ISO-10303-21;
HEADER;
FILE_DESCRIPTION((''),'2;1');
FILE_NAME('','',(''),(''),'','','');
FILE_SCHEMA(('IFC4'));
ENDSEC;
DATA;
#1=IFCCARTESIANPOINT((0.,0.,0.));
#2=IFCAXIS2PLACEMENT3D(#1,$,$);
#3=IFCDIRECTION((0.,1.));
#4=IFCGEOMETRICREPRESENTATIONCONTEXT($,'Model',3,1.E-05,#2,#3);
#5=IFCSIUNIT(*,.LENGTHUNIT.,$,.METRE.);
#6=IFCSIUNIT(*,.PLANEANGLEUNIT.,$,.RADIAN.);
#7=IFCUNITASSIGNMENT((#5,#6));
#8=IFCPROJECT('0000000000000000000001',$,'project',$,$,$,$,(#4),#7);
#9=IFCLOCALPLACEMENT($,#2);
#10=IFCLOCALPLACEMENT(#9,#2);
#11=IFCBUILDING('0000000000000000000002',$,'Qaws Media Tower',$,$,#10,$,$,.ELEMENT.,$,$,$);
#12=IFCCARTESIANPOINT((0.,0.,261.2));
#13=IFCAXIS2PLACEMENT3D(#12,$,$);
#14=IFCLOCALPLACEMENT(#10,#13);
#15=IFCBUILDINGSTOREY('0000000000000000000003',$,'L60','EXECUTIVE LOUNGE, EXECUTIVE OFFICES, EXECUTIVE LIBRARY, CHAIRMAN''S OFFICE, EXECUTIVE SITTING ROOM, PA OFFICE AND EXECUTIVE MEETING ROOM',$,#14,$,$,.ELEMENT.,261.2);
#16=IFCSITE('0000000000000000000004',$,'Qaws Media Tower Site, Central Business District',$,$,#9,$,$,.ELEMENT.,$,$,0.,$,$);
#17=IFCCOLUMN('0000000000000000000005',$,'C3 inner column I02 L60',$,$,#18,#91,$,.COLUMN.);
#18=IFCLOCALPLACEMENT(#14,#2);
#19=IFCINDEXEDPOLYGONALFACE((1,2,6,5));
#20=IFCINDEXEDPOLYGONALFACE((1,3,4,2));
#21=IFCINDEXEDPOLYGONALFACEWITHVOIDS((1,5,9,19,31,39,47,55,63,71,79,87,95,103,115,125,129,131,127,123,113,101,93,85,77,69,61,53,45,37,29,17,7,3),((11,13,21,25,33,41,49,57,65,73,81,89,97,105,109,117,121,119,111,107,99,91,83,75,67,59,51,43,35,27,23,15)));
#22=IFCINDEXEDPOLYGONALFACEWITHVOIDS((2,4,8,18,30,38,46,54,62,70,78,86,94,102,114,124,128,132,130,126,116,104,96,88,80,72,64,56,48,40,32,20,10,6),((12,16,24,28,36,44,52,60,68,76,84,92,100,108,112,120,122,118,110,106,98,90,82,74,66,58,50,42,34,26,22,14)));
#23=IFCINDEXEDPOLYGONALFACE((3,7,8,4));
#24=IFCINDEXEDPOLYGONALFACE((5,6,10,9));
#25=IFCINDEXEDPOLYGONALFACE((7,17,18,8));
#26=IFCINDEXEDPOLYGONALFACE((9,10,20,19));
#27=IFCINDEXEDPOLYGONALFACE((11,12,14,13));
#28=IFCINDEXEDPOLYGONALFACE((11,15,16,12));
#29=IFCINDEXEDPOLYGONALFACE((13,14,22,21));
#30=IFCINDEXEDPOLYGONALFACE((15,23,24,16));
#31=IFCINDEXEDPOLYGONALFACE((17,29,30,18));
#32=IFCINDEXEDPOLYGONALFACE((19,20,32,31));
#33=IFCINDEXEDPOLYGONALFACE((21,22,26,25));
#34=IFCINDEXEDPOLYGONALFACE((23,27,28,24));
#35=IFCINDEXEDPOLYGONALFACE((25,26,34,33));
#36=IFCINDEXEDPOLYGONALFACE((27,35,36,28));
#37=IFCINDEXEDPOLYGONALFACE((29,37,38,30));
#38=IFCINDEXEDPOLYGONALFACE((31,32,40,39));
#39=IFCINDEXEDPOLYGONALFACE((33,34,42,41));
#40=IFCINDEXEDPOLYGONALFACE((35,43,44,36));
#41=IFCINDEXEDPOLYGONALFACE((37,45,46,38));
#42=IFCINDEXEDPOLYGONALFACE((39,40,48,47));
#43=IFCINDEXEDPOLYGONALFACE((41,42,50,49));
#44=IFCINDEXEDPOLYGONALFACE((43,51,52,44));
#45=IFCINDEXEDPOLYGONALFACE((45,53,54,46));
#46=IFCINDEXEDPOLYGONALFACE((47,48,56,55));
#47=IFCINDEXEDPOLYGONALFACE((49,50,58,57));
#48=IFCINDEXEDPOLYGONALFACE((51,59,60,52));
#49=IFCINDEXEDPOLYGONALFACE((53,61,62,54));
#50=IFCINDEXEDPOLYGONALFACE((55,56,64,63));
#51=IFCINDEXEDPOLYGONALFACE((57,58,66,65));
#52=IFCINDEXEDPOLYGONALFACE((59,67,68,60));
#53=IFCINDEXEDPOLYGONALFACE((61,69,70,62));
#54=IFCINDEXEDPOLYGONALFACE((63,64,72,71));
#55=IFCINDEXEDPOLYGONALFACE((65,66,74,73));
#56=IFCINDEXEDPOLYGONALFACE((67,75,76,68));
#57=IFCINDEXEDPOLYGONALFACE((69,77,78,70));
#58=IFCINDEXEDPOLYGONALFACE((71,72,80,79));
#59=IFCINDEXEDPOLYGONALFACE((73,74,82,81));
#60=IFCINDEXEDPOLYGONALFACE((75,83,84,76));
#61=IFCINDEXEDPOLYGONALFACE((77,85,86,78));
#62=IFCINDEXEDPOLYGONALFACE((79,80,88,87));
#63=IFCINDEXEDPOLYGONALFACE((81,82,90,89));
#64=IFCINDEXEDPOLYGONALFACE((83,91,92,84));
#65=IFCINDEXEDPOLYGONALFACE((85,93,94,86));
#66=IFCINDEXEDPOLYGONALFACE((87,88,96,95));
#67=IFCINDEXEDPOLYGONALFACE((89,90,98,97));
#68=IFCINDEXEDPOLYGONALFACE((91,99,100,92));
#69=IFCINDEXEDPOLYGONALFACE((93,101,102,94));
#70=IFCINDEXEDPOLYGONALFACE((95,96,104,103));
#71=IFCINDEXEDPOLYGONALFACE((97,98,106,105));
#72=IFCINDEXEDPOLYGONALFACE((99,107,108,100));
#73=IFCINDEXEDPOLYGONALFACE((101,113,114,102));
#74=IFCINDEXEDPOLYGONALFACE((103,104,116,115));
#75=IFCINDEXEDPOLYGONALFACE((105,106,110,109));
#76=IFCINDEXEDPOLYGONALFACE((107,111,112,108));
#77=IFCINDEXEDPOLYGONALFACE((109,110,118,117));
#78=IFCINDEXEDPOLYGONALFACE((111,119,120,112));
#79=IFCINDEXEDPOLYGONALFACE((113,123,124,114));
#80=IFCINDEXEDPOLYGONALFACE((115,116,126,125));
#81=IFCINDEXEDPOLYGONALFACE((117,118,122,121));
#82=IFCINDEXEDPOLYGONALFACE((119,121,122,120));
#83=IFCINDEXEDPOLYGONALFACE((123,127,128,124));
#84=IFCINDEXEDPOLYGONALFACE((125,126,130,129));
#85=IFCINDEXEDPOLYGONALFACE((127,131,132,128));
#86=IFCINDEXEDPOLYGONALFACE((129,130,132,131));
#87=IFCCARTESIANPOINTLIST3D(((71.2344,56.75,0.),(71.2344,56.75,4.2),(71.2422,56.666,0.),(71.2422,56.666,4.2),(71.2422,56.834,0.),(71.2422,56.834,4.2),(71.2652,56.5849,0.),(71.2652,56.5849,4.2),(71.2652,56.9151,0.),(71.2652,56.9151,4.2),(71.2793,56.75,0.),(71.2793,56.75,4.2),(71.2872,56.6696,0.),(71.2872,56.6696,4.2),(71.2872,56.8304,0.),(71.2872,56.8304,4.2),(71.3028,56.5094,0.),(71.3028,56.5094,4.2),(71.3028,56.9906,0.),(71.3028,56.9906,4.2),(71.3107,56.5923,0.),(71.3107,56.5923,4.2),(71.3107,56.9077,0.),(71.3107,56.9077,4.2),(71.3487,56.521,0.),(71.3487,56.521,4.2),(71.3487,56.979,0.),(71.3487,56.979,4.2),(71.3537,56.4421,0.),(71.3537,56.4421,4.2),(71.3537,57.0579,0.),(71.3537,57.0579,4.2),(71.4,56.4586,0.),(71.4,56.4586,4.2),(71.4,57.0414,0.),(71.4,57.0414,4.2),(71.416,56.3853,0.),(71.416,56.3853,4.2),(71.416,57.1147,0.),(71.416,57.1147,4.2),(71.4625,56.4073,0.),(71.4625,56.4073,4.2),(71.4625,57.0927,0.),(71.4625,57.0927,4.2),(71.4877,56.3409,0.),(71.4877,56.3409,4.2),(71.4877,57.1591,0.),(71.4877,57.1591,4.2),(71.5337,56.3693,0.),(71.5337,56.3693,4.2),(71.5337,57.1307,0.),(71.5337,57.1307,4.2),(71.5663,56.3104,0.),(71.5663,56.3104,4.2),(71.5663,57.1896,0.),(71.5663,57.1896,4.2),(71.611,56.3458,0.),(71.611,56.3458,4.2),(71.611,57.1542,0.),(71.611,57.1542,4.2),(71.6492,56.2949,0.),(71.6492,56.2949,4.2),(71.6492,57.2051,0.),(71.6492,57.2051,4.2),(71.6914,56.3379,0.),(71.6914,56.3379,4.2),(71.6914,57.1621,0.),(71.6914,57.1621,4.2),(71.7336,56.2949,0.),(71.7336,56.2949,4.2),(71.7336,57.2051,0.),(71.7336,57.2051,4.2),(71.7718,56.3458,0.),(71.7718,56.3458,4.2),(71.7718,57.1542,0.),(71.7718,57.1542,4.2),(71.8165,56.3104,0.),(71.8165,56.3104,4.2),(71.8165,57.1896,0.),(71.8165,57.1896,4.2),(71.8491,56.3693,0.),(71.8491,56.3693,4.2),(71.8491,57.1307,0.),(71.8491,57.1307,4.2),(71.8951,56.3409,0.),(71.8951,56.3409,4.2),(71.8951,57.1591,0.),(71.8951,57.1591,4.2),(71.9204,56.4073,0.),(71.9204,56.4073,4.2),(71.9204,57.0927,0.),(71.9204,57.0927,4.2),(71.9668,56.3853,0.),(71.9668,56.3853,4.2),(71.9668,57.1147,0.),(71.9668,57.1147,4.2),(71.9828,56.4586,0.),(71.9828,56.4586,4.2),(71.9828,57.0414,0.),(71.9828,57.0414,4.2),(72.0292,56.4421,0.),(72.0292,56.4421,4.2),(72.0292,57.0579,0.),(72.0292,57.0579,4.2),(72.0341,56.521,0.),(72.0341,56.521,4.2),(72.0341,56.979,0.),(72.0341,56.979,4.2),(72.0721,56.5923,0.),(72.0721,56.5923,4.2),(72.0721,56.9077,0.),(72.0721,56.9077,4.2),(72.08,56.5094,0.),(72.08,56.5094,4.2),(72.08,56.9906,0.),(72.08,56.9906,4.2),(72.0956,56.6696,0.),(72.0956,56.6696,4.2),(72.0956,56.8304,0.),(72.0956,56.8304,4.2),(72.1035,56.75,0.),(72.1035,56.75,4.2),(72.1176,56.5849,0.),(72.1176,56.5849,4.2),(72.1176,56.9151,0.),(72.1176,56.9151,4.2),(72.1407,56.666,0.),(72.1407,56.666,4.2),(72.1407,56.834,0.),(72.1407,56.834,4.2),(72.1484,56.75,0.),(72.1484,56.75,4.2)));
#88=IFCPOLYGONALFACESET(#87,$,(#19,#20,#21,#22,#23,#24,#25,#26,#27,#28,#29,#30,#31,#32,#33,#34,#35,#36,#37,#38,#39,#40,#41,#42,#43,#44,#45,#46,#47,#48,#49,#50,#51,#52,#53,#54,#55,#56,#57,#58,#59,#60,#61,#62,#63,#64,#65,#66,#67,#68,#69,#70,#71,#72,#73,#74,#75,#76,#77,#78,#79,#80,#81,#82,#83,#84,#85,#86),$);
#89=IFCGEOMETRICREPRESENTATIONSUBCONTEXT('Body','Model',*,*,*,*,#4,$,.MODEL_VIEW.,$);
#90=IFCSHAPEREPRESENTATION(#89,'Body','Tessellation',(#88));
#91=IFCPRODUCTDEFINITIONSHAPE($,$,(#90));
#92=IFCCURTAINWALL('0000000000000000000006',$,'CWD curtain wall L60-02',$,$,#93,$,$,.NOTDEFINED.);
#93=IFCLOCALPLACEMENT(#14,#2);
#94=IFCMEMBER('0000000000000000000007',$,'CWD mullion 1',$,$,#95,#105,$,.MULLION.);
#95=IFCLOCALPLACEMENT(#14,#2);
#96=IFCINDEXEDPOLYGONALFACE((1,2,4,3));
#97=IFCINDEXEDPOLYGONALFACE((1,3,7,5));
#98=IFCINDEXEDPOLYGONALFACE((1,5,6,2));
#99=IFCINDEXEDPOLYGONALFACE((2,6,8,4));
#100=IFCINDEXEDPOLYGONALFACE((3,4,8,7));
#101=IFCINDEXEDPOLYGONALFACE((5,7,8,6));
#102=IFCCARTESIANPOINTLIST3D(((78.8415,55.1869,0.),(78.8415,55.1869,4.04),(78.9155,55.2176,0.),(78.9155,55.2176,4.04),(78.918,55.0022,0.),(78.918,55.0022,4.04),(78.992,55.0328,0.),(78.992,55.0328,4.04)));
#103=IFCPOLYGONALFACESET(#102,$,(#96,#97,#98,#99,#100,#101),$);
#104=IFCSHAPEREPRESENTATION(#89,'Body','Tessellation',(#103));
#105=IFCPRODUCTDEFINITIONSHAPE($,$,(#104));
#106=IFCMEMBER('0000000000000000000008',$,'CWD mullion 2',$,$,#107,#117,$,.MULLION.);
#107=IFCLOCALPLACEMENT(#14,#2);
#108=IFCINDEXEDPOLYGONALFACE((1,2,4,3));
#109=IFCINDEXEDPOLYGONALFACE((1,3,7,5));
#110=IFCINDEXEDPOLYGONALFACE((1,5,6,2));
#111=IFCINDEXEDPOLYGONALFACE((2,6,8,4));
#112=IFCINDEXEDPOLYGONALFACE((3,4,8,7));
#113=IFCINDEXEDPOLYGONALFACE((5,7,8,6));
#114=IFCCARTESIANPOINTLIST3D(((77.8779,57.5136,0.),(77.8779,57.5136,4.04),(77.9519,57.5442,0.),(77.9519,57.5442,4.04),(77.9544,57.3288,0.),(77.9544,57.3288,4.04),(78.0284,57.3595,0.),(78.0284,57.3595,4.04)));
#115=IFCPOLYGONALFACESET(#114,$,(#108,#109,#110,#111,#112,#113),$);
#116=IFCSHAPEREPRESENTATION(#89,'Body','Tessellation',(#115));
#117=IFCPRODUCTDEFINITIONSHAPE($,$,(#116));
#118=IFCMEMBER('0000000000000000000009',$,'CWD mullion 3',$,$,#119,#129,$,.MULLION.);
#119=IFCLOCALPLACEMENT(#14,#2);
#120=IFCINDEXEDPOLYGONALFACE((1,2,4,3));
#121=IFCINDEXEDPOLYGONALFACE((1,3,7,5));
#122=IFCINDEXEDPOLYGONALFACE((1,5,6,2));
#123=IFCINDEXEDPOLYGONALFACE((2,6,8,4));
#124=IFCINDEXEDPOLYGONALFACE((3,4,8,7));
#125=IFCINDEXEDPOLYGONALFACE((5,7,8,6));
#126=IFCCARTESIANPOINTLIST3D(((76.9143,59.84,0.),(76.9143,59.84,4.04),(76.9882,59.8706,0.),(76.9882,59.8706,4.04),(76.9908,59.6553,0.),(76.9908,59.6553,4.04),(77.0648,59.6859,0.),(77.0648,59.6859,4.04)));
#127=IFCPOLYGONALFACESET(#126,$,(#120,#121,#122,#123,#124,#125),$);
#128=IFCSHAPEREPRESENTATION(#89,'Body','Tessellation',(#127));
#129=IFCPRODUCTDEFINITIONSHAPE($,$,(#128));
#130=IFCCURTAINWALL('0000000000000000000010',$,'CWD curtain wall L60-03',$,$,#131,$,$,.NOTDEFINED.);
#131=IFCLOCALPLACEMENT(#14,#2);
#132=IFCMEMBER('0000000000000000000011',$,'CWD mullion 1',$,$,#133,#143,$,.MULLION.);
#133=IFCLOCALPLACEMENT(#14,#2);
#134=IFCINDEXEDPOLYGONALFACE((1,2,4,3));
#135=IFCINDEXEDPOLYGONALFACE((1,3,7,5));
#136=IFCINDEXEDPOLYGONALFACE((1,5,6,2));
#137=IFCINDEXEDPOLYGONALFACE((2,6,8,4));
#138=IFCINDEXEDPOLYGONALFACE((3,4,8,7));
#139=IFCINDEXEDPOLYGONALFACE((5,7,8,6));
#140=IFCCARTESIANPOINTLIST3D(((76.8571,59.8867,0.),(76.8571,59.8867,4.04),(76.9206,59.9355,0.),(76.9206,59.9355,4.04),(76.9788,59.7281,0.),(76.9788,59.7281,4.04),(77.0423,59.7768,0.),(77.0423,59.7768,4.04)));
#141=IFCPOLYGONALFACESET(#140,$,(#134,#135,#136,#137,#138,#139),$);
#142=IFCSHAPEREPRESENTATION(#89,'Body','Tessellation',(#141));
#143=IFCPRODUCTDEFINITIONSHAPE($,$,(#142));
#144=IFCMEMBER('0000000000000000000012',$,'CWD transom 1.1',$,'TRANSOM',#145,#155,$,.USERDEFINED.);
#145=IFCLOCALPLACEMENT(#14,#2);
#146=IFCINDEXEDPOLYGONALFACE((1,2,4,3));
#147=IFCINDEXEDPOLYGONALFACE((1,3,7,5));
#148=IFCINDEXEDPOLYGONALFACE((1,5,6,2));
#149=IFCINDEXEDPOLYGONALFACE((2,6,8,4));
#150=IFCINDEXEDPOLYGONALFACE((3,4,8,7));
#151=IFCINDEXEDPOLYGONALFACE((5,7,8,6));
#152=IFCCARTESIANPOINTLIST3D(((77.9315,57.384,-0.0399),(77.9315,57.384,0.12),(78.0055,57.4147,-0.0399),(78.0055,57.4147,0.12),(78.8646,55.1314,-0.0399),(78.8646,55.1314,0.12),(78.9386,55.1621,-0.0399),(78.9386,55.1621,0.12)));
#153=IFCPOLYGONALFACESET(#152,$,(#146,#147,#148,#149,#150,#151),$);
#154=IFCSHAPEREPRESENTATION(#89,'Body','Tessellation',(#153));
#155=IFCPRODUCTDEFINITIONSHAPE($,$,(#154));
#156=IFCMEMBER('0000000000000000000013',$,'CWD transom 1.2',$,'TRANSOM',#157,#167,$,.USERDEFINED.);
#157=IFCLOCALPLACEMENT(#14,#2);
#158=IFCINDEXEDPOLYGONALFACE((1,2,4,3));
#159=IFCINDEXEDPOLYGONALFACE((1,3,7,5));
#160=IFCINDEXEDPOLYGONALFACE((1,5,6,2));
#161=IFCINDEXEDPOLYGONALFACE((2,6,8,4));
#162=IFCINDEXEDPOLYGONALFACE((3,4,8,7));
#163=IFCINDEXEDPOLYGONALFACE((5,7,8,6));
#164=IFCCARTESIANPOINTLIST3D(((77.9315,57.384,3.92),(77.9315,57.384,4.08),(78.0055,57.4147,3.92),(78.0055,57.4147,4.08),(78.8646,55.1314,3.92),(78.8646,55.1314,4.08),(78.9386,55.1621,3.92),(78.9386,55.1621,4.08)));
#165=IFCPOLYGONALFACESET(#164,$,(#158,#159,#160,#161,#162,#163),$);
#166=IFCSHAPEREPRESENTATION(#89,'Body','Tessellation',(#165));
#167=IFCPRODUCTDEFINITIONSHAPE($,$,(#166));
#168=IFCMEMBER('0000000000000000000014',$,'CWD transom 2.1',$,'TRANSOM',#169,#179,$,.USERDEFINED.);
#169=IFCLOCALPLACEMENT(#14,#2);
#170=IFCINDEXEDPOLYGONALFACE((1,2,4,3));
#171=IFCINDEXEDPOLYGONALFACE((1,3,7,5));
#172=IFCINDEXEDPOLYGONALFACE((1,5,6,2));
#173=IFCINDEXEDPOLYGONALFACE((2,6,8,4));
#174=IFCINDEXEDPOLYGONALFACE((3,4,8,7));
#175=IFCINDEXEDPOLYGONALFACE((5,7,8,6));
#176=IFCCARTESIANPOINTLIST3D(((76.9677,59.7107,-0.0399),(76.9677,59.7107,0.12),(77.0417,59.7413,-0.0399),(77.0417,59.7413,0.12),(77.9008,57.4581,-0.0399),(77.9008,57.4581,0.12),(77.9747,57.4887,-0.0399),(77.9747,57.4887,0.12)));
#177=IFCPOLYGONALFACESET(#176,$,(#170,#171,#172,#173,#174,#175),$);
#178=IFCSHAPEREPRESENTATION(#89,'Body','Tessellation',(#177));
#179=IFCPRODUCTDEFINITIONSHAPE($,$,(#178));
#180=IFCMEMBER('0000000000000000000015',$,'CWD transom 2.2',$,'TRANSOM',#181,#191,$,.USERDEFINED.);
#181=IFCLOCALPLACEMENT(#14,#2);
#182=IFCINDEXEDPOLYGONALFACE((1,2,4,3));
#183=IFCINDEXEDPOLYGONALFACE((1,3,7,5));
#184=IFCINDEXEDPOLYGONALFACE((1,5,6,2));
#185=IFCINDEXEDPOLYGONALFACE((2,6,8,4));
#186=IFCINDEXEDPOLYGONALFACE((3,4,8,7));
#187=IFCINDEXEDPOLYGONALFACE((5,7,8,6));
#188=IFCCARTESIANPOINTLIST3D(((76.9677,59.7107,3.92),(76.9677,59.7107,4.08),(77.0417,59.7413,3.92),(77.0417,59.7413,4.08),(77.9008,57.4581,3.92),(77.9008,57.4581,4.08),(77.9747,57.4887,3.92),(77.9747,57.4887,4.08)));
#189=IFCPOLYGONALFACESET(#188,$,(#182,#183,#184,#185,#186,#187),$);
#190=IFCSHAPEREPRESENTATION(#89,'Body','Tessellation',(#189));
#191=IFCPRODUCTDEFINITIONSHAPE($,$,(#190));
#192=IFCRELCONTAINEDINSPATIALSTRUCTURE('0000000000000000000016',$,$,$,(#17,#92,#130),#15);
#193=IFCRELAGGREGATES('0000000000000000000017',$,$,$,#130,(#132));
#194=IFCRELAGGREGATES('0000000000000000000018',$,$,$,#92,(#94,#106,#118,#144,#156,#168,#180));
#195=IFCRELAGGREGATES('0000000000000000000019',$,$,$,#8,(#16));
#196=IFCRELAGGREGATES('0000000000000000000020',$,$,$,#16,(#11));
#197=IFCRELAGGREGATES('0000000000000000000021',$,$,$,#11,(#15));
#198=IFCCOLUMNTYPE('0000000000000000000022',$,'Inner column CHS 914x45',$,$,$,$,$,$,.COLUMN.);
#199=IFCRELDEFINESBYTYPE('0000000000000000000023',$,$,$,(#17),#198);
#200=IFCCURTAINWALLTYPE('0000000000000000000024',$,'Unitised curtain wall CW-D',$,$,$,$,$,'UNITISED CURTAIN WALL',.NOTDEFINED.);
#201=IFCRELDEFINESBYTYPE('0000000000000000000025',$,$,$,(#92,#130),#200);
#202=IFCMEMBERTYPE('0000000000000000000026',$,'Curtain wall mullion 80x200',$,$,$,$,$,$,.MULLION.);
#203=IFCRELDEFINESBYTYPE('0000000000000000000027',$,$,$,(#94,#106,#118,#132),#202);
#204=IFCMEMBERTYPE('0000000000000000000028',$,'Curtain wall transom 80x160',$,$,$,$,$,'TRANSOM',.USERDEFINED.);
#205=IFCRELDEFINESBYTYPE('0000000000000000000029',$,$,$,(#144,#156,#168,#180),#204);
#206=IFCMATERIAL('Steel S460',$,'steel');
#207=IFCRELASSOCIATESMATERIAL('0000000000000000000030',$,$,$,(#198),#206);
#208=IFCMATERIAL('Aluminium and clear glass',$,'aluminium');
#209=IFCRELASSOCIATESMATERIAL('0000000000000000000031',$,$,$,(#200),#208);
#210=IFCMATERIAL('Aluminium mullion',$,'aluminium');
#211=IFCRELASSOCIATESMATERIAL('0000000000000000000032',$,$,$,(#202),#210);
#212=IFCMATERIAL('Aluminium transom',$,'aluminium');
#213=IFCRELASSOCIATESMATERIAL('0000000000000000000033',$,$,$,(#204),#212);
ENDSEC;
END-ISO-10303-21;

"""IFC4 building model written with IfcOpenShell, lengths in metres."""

from ifc_helpers import new_model, si_unit, direction, frame, origin, origin_2d, place, context, subcontext, project, spatial, rectangle, hollow_circle, extrude, material, material_profile, profile_set, type_object, element, aggregate, save


model = new_model("IFC4")

# Units and contexts
model_context = context("Model", 3, precision=1e-05, world=origin(), true_north=direction((0.0, 1.0)))
body_context = subcontext(model_context, "Body", "Model", "MODEL_VIEW")
ifc_project = project(units=[si_unit("LENGTHUNIT", "METRE"), si_unit("PLANEANGLEUNIT", "RADIAN")], contexts=[model_context])

# Site, building, storey
site_placement = place(None, origin())
site = spatial("IfcSite", under=ifc_project, at=site_placement, Name="Qaws Media Tower Site, Central Business District", CompositionType="ELEMENT", RefElevation=0.0)
building_placement = place(site_placement, origin())
building = spatial("IfcBuilding", under=site, at=building_placement, Name="Qaws Media Tower", CompositionType="ELEMENT")
storey_placement = place(building_placement, frame((0.0, 0.0, 261.2)))
storey = spatial("IfcBuildingStorey", under=building, at=storey_placement, Name="L60", Description="EXECUTIVE LOUNGE, EXECUTIVE OFFICES, EXECUTIVE LIBRARY, CHAIRMAN'S OFFICE, EXECUTIVE SITTING ROOM, PA OFFICE AND EXECUTIVE MEETING ROOM", CompositionType="ELEMENT", Elevation=261.2)

# Column
ifc_material_1 = material(Name="Steel S460", Category="steel")
ifc_material_profile_1 = material_profile(ifc_material_1, hollow_circle(Radius=0.457, WallThickness=0.0449, at=origin_2d()), Name="CHS 914x45")
ifc_profile_set_1 = profile_set([ifc_material_profile_1], Name="Steel S460")
column_type = type_object("IfcColumnType", Name="Inner column CHS 914x45", PredefinedType="COLUMN", material=ifc_profile_set_1)
column_placement = place(storey_placement, frame((71.6914, 56.75, 0.0), z_axis=(0.0, 0.0, 1.0), x_axis=(1.0, 0.0, 0.0)))
element("IfcColumn", 1, at=column_placement, inside=storey, type_object=column_type, Name="C3 inner column I02 L60", PredefinedType="COLUMN", context=body_context, shape_type="SweptSolid", body=[
    extrude(hollow_circle(Radius=0.457, WallThickness=0.0449, at=origin_2d()), origin(), (0.0, 0.0, 1.0), 4.2),
])

# Curtain wall, members
ifc_material_2 = material(Name="Aluminium and clear glass", Category="aluminium")
curtain_wall_type = type_object("IfcCurtainWallType", Name="Unitised curtain wall CW-D", ElementType="UNITISED CURTAIN WALL", PredefinedType="NOTDEFINED", material=ifc_material_2)
curtain_wall_1_placement = place(storey_placement, origin())
curtain_wall_1 = element("IfcCurtainWall", 2, at=curtain_wall_1_placement, inside=storey, type_object=curtain_wall_type, Name="CWD curtain wall L60-02", PredefinedType="NOTDEFINED")
ifc_material_3 = material(Name="Aluminium mullion", Category="aluminium")
ifc_material_profile_2 = material_profile(ifc_material_3, rectangle(XDim=0.0801, YDim=0.2, at=origin_2d()), Name="80x200")
ifc_profile_set_2 = profile_set([ifc_material_profile_2], Name="Aluminium mullion")
member_type_1 = type_object("IfcMemberType", Name="Curtain wall mullion 80x200", PredefinedType="MULLION", material=ifc_profile_set_2)
member_1_placement = place(storey_placement, frame((78.9167, 55.1099, 0.0), z_axis=(0.0, 0.0, 1.0), x_axis=(-0.92388, -0.382683, 0.0)))
member_1 = element("IfcMember", 3, at=member_1_placement, type_object=member_type_1, Name="CWD mullion 1", PredefinedType="MULLION", context=body_context, shape_type="SweptSolid", body=[
    extrude(rectangle(XDim=0.0801, YDim=0.2, at=origin_2d()), origin(), (0.0, 0.0, 1.0), 4.04),
])
member_2_placement = place(storey_placement, frame((77.9531, 57.4365, 0.0), z_axis=(0.0, 0.0, 1.0), x_axis=(-0.92388, -0.382683, 0.0)))
member_2 = element("IfcMember", 4, at=member_2_placement, type_object=member_type_1, Name="CWD mullion 2", PredefinedType="MULLION", context=body_context, shape_type="SweptSolid", body=[
    extrude(rectangle(XDim=0.0801, YDim=0.2, at=origin_2d()), origin(), (0.0, 0.0, 1.0), 4.04),
])
member_3_placement = place(storey_placement, frame((76.9895, 59.7629, 0.0), z_axis=(0.0, 0.0, 1.0), x_axis=(-0.92388, -0.382683, 0.0)))
member_3 = element("IfcMember", 5, at=member_3_placement, type_object=member_type_1, Name="CWD mullion 3", PredefinedType="MULLION", context=body_context, shape_type="SweptSolid", body=[
    extrude(rectangle(XDim=0.0801, YDim=0.2, at=origin_2d()), origin(), (0.0, 0.0, 1.0), 4.04),
])

# Curtain wall, member
curtain_wall_2_placement = place(storey_placement, origin())
curtain_wall_2 = element("IfcCurtainWall", 6, at=curtain_wall_2_placement, inside=storey, type_object=curtain_wall_type, Name="CWD curtain wall L60-03", PredefinedType="NOTDEFINED")
member_4_placement = place(storey_placement, frame((76.9497, 59.8318, 0.0), z_axis=(0.0, 0.0, 1.0), x_axis=(-0.793353, -0.608761, 0.0)))
member_4 = element("IfcMember", 7, at=member_4_placement, type_object=member_type_1, Name="CWD mullion 1", PredefinedType="MULLION", context=body_context, shape_type="SweptSolid", body=[
    extrude(rectangle(XDim=0.0801, YDim=0.2, at=origin_2d()), origin(), (0.0, 0.0, 1.0), 4.04),
])

# Members
ifc_material_4 = material(Name="Aluminium transom", Category="aluminium")
ifc_material_profile_3 = material_profile(ifc_material_4, rectangle(XDim=0.0801, YDim=0.1599, at=origin_2d()), Name="80x160")
ifc_profile_set_3 = profile_set([ifc_material_profile_3], Name="Aluminium transom")
member_type_2 = type_object("IfcMemberType", Name="Curtain wall transom 80x160", ElementType="TRANSOM", PredefinedType="USERDEFINED", material=ifc_profile_set_3)
member_5_placement = place(storey_placement, frame((78.9016, 55.1467, 0.04), z_axis=(-0.382688, 0.923878, 0.0), x_axis=(-0.923878, -0.382688, 0.0)))
member_5 = element("IfcMember", 8, at=member_5_placement, type_object=member_type_2, Name="CWD transom 1.1", ObjectType="TRANSOM", PredefinedType="USERDEFINED", context=body_context, shape_type="SweptSolid", body=[
    extrude(rectangle(XDim=0.0801, YDim=0.1599, at=origin_2d()), origin(), (0.0, 0.0, 1.0), 2.4382),
])
member_6_placement = place(storey_placement, frame((78.9016, 55.1467, 4.0), z_axis=(-0.382688, 0.923878, 0.0), x_axis=(-0.923878, -0.382688, 0.0)))
member_6 = element("IfcMember", 9, at=member_6_placement, type_object=member_type_2, Name="CWD transom 1.2", ObjectType="TRANSOM", PredefinedType="USERDEFINED", context=body_context, shape_type="SweptSolid", body=[
    extrude(rectangle(XDim=0.0801, YDim=0.1599, at=origin_2d()), origin(), (0.0, 0.0, 1.0), 2.4382),
])
member_7_placement = place(storey_placement, frame((77.9377, 57.4734, 0.04), z_axis=(-0.382688, 0.923878, 0.0), x_axis=(-0.923878, -0.382688, 0.0)))
member_7 = element("IfcMember", 10, at=member_7_placement, type_object=member_type_2, Name="CWD transom 2.1", ObjectType="TRANSOM", PredefinedType="USERDEFINED", context=body_context, shape_type="SweptSolid", body=[
    extrude(rectangle(XDim=0.0801, YDim=0.1599, at=origin_2d()), origin(), (0.0, 0.0, 1.0), 2.4382),
])
member_8_placement = place(storey_placement, frame((77.9377, 57.4734, 4.0), z_axis=(-0.382688, 0.923878, 0.0), x_axis=(-0.923878, -0.382688, 0.0)))
member_8 = element("IfcMember", 11, at=member_8_placement, type_object=member_type_2, Name="CWD transom 2.2", ObjectType="TRANSOM", PredefinedType="USERDEFINED", context=body_context, shape_type="SweptSolid", body=[
    extrude(rectangle(XDim=0.0801, YDim=0.1599, at=origin_2d()), origin(), (0.0, 0.0, 1.0), 2.4382),
])
aggregate(curtain_wall_2, [member_4])

aggregate(curtain_wall_1, [member_1, member_2, member_3, member_5, member_6, member_7, member_8])

save(model, "model.ifc")
